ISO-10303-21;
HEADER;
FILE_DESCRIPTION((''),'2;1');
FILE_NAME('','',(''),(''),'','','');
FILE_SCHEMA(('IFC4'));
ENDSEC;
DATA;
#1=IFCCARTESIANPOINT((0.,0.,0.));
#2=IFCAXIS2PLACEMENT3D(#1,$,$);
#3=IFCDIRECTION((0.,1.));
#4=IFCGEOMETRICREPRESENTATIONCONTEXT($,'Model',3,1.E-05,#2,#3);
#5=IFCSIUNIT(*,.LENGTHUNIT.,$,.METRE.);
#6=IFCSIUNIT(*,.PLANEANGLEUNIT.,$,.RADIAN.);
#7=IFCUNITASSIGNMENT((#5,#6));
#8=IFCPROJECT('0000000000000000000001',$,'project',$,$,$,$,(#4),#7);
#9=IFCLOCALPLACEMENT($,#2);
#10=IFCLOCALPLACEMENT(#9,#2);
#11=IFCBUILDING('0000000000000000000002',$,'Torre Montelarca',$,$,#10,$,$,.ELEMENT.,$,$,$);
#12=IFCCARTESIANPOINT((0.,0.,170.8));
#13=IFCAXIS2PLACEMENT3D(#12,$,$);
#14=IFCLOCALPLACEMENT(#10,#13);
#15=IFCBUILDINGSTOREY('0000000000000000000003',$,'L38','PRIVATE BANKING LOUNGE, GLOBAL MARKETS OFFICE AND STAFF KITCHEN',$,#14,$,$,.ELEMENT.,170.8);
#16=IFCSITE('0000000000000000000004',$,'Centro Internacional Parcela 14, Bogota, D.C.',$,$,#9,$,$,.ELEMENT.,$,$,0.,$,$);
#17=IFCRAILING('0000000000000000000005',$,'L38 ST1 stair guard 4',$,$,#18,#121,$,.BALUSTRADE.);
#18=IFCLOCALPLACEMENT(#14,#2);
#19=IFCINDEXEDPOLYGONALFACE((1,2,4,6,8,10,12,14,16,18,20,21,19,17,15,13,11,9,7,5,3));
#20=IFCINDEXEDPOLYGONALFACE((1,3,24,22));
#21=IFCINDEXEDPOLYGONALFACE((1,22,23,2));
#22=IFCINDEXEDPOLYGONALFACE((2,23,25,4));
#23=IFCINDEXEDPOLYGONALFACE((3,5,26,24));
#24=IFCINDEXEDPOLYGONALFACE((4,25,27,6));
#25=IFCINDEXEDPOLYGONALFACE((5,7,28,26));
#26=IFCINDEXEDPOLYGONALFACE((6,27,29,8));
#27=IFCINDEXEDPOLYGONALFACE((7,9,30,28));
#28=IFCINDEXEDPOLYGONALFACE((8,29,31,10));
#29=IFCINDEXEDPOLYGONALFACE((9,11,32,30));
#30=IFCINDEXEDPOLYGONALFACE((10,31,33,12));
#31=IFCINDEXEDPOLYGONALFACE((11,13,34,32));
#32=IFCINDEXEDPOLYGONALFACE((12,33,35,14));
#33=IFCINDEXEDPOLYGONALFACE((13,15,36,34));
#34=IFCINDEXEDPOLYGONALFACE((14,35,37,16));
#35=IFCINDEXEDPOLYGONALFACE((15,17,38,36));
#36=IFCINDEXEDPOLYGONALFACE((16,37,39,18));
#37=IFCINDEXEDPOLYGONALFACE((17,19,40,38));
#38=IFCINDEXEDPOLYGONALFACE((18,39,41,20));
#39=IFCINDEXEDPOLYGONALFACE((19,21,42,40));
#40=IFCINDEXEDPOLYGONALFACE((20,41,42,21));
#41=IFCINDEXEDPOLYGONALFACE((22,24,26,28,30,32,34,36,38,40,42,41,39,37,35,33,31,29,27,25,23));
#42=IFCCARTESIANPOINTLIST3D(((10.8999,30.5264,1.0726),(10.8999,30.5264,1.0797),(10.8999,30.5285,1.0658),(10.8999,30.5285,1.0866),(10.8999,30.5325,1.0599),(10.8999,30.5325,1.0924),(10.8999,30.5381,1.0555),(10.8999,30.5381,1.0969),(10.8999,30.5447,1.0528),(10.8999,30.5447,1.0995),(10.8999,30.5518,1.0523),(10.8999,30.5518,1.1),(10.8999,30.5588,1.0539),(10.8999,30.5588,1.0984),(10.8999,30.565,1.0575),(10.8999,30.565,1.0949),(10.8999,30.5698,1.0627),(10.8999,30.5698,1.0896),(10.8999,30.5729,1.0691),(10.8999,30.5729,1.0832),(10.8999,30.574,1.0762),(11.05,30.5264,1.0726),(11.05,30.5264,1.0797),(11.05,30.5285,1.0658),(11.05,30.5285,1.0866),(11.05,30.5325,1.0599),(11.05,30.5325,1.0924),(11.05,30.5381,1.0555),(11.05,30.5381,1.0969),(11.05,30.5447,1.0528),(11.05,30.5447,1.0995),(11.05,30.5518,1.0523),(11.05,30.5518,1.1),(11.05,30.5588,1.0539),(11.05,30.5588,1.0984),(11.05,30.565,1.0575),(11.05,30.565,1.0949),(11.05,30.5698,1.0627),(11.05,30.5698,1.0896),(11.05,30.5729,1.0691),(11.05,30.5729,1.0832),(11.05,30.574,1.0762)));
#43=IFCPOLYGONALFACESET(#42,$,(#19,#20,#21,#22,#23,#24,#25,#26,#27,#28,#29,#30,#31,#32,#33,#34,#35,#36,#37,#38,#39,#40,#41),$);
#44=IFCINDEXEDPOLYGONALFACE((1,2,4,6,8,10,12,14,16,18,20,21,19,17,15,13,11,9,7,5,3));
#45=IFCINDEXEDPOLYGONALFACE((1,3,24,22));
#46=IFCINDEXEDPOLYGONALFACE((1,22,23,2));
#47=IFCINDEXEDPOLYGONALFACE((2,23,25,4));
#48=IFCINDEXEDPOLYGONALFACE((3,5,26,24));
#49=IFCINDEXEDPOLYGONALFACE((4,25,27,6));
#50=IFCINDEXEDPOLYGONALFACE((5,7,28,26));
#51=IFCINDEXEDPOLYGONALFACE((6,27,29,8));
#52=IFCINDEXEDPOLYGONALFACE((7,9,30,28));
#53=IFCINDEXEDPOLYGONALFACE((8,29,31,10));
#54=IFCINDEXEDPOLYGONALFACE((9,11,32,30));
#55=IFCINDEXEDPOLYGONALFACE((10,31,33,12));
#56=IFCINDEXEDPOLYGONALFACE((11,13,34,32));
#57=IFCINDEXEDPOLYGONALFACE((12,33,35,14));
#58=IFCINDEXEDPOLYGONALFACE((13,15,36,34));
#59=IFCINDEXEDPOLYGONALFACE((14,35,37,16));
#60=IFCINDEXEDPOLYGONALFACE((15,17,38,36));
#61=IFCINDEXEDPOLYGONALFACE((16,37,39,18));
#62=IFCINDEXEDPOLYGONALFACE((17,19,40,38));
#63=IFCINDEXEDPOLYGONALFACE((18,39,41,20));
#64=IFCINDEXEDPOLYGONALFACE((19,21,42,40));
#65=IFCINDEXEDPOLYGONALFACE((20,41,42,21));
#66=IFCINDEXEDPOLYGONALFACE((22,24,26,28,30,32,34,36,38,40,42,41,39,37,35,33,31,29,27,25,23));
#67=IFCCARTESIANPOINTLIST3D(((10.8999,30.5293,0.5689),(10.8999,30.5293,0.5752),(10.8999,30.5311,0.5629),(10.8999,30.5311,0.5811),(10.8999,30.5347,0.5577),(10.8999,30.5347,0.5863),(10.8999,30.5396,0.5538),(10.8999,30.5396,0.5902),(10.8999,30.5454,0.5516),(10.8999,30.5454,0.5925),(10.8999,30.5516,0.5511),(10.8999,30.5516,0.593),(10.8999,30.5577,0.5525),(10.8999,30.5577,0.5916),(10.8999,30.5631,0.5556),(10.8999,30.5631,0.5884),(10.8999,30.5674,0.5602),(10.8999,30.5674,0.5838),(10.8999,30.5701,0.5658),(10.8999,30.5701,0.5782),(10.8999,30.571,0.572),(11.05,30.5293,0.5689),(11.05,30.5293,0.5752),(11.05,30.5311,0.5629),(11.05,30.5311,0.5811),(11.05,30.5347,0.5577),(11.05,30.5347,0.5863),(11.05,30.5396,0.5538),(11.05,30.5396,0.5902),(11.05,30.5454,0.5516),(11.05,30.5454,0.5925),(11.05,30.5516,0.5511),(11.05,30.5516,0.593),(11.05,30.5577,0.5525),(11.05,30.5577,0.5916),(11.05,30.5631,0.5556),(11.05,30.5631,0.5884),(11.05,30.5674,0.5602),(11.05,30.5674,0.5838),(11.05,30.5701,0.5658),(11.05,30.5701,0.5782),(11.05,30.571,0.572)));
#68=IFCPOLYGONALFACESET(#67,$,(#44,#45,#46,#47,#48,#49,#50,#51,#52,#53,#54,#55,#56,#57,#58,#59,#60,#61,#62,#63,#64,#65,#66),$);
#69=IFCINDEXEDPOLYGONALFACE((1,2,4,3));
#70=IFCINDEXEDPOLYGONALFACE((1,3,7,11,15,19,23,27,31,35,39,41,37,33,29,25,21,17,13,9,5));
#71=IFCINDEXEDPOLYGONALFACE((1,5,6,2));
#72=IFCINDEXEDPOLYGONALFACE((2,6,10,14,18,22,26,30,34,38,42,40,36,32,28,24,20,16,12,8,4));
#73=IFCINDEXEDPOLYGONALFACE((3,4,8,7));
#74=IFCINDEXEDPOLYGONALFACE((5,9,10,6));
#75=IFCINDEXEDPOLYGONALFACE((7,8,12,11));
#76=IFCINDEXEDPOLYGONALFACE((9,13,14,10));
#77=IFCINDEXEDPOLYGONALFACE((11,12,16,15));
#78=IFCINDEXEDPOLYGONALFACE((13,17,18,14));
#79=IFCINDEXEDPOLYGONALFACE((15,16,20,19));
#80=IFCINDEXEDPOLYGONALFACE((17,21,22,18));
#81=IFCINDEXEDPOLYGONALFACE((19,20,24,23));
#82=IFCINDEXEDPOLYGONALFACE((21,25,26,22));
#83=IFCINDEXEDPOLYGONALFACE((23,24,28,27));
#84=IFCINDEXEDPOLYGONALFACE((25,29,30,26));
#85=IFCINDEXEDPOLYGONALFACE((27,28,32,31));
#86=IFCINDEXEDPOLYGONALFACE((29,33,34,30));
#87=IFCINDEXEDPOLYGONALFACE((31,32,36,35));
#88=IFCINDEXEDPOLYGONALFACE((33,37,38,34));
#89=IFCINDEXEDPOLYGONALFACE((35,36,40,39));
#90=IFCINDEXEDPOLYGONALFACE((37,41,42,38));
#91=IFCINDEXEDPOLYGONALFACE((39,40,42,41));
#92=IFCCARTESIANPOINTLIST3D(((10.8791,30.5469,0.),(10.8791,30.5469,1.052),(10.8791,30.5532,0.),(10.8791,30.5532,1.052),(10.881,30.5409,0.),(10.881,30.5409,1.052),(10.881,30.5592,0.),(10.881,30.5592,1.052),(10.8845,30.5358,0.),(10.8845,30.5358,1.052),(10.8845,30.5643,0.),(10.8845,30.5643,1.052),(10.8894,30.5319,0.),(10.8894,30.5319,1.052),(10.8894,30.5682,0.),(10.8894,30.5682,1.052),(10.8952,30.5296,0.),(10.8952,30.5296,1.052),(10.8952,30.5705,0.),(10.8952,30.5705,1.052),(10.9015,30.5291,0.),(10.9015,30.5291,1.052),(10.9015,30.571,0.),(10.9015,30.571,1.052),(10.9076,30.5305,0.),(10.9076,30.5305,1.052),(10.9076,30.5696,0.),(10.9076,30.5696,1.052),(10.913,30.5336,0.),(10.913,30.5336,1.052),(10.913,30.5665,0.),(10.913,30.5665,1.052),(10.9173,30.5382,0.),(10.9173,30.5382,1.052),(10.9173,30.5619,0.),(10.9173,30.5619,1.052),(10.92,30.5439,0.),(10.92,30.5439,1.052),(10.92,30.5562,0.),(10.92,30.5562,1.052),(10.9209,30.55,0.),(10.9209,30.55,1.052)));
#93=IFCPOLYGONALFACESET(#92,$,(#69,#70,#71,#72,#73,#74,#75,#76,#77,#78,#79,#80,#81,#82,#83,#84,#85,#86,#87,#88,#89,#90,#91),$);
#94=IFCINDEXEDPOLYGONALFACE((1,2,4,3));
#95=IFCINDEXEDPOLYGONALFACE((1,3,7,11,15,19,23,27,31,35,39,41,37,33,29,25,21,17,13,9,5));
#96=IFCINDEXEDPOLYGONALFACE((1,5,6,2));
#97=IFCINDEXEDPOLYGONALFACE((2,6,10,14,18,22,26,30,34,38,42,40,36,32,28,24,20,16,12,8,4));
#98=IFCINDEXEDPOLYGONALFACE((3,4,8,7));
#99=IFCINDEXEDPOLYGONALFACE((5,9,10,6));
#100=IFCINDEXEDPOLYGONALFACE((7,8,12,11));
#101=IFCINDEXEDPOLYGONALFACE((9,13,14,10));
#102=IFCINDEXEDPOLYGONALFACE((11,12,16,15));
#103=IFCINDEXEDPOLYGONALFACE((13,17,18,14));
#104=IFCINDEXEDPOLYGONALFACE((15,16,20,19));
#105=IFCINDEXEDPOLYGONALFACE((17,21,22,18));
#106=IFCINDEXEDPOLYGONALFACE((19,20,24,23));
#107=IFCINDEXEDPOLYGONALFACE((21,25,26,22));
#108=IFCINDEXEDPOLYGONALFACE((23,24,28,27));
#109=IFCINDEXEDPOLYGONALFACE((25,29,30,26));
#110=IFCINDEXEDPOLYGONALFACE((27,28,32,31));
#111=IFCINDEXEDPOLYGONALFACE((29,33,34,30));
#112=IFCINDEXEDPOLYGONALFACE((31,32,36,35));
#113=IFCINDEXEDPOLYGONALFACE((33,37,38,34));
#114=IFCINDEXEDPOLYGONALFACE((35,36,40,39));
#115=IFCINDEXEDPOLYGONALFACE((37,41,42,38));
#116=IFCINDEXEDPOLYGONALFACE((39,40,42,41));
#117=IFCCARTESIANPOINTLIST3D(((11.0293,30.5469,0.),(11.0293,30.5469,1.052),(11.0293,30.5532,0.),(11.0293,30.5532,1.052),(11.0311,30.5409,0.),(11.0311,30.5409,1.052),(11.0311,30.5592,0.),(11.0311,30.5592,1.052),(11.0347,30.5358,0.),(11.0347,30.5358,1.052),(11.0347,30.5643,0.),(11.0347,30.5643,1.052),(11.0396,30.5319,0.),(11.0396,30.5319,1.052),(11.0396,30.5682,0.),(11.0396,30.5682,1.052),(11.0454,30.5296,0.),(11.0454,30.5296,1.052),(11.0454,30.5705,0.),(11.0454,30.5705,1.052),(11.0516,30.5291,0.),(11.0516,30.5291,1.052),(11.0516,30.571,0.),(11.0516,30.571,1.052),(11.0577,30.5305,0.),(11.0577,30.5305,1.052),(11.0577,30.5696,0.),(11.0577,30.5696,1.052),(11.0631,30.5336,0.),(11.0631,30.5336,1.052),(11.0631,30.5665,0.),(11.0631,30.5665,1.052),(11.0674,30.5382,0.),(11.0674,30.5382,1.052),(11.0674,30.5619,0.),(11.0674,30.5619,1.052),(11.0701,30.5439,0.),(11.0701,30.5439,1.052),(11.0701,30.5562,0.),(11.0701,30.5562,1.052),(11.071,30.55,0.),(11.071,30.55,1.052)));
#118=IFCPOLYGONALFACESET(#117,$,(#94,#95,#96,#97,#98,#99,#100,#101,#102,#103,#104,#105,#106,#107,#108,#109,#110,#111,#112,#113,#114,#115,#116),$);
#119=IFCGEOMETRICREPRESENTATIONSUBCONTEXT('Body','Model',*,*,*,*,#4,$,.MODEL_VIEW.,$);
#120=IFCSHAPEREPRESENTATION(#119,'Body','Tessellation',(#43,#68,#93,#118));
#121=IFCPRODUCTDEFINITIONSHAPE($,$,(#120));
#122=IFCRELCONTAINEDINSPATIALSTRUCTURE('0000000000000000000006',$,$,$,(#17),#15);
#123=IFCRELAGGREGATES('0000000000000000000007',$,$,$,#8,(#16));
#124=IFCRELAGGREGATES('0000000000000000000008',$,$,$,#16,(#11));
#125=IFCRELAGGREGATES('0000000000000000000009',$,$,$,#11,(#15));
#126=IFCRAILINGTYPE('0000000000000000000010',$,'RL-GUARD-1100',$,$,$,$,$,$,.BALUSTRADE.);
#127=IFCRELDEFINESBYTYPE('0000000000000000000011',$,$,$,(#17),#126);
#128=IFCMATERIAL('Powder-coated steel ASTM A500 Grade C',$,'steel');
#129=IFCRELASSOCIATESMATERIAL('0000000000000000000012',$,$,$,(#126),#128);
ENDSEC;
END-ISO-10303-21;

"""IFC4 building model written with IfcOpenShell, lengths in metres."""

from ifc_helpers import new_model, si_unit, direction, frame, origin, origin_2d, place, context, subcontext, project, spatial, circle, extrude, material, type_object, element, save


model = new_model("IFC4")

# Units and contexts
model_context = context("Model", 3, precision=1e-05, world=origin(), true_north=direction((0.0, 1.0)))
body_context = subcontext(model_context, "Body", "Model", "MODEL_VIEW")
ifc_project = project(units=[si_unit("LENGTHUNIT", "METRE"), si_unit("PLANEANGLEUNIT", "RADIAN")], contexts=[model_context])

# Site, building, storey
site_placement = place(None, origin())
site = spatial("IfcSite", under=ifc_project, at=site_placement, Name="Centro Internacional Parcela 14, Bogota, D.C.", CompositionType="ELEMENT", RefElevation=0.0)
building_placement = place(site_placement, origin())
building = spatial("IfcBuilding", under=site, at=building_placement, Name="Torre Montelarca", CompositionType="ELEMENT")
storey_placement = place(building_placement, frame((0.0, 0.0, 170.8)))
storey = spatial("IfcBuildingStorey", under=building, at=storey_placement, Name="L38", Description="PRIVATE BANKING LOUNGE, GLOBAL MARKETS OFFICE AND STAFF KITCHEN", CompositionType="ELEMENT", Elevation=170.8)

# Railing
ifc_material_1 = material(Name="Powder-coated steel ASTM A500 Grade C", Category="steel")
railing_type_1 = type_object("IfcRailingType", Name="RL-GUARD-1100", PredefinedType="BALUSTRADE", material=ifc_material_1)
railing_1_placement = place(storey_placement, frame((10.8999, 30.55, 0.0)))
element("IfcRailing", 1, at=railing_1_placement, inside=storey, type_object=railing_type_1, Name="L38 ST1 stair guard 4", PredefinedType="BALUSTRADE", context=body_context, shape_type="SweptSolid", body=[
    extrude(circle(Radius=0.0239, at=origin_2d()), frame((0.0, 0.0, 1.0762), z_axis=(1.0, 0.0, 0.0), x_axis=(0.0, 1.0, 0.0)), (0.0, 0.0, 1.0), 0.1501),
    extrude(circle(Radius=0.021, at=origin_2d()), frame((0.0, 0.0, 0.572), z_axis=(1.0, 0.0, 0.0), x_axis=(0.0, 1.0, 0.0)), (0.0, 0.0, 1.0), 0.1501),
    extrude(circle(Radius=0.021, at=origin_2d()), origin(), (0.0, 0.0, 1.0), 1.052),
    extrude(circle(Radius=0.021, at=origin_2d()), frame((0.1501, 0.0, 0.0)), (0.0, 0.0, 1.0), 1.052),
])

save(model, "model.ifc")
